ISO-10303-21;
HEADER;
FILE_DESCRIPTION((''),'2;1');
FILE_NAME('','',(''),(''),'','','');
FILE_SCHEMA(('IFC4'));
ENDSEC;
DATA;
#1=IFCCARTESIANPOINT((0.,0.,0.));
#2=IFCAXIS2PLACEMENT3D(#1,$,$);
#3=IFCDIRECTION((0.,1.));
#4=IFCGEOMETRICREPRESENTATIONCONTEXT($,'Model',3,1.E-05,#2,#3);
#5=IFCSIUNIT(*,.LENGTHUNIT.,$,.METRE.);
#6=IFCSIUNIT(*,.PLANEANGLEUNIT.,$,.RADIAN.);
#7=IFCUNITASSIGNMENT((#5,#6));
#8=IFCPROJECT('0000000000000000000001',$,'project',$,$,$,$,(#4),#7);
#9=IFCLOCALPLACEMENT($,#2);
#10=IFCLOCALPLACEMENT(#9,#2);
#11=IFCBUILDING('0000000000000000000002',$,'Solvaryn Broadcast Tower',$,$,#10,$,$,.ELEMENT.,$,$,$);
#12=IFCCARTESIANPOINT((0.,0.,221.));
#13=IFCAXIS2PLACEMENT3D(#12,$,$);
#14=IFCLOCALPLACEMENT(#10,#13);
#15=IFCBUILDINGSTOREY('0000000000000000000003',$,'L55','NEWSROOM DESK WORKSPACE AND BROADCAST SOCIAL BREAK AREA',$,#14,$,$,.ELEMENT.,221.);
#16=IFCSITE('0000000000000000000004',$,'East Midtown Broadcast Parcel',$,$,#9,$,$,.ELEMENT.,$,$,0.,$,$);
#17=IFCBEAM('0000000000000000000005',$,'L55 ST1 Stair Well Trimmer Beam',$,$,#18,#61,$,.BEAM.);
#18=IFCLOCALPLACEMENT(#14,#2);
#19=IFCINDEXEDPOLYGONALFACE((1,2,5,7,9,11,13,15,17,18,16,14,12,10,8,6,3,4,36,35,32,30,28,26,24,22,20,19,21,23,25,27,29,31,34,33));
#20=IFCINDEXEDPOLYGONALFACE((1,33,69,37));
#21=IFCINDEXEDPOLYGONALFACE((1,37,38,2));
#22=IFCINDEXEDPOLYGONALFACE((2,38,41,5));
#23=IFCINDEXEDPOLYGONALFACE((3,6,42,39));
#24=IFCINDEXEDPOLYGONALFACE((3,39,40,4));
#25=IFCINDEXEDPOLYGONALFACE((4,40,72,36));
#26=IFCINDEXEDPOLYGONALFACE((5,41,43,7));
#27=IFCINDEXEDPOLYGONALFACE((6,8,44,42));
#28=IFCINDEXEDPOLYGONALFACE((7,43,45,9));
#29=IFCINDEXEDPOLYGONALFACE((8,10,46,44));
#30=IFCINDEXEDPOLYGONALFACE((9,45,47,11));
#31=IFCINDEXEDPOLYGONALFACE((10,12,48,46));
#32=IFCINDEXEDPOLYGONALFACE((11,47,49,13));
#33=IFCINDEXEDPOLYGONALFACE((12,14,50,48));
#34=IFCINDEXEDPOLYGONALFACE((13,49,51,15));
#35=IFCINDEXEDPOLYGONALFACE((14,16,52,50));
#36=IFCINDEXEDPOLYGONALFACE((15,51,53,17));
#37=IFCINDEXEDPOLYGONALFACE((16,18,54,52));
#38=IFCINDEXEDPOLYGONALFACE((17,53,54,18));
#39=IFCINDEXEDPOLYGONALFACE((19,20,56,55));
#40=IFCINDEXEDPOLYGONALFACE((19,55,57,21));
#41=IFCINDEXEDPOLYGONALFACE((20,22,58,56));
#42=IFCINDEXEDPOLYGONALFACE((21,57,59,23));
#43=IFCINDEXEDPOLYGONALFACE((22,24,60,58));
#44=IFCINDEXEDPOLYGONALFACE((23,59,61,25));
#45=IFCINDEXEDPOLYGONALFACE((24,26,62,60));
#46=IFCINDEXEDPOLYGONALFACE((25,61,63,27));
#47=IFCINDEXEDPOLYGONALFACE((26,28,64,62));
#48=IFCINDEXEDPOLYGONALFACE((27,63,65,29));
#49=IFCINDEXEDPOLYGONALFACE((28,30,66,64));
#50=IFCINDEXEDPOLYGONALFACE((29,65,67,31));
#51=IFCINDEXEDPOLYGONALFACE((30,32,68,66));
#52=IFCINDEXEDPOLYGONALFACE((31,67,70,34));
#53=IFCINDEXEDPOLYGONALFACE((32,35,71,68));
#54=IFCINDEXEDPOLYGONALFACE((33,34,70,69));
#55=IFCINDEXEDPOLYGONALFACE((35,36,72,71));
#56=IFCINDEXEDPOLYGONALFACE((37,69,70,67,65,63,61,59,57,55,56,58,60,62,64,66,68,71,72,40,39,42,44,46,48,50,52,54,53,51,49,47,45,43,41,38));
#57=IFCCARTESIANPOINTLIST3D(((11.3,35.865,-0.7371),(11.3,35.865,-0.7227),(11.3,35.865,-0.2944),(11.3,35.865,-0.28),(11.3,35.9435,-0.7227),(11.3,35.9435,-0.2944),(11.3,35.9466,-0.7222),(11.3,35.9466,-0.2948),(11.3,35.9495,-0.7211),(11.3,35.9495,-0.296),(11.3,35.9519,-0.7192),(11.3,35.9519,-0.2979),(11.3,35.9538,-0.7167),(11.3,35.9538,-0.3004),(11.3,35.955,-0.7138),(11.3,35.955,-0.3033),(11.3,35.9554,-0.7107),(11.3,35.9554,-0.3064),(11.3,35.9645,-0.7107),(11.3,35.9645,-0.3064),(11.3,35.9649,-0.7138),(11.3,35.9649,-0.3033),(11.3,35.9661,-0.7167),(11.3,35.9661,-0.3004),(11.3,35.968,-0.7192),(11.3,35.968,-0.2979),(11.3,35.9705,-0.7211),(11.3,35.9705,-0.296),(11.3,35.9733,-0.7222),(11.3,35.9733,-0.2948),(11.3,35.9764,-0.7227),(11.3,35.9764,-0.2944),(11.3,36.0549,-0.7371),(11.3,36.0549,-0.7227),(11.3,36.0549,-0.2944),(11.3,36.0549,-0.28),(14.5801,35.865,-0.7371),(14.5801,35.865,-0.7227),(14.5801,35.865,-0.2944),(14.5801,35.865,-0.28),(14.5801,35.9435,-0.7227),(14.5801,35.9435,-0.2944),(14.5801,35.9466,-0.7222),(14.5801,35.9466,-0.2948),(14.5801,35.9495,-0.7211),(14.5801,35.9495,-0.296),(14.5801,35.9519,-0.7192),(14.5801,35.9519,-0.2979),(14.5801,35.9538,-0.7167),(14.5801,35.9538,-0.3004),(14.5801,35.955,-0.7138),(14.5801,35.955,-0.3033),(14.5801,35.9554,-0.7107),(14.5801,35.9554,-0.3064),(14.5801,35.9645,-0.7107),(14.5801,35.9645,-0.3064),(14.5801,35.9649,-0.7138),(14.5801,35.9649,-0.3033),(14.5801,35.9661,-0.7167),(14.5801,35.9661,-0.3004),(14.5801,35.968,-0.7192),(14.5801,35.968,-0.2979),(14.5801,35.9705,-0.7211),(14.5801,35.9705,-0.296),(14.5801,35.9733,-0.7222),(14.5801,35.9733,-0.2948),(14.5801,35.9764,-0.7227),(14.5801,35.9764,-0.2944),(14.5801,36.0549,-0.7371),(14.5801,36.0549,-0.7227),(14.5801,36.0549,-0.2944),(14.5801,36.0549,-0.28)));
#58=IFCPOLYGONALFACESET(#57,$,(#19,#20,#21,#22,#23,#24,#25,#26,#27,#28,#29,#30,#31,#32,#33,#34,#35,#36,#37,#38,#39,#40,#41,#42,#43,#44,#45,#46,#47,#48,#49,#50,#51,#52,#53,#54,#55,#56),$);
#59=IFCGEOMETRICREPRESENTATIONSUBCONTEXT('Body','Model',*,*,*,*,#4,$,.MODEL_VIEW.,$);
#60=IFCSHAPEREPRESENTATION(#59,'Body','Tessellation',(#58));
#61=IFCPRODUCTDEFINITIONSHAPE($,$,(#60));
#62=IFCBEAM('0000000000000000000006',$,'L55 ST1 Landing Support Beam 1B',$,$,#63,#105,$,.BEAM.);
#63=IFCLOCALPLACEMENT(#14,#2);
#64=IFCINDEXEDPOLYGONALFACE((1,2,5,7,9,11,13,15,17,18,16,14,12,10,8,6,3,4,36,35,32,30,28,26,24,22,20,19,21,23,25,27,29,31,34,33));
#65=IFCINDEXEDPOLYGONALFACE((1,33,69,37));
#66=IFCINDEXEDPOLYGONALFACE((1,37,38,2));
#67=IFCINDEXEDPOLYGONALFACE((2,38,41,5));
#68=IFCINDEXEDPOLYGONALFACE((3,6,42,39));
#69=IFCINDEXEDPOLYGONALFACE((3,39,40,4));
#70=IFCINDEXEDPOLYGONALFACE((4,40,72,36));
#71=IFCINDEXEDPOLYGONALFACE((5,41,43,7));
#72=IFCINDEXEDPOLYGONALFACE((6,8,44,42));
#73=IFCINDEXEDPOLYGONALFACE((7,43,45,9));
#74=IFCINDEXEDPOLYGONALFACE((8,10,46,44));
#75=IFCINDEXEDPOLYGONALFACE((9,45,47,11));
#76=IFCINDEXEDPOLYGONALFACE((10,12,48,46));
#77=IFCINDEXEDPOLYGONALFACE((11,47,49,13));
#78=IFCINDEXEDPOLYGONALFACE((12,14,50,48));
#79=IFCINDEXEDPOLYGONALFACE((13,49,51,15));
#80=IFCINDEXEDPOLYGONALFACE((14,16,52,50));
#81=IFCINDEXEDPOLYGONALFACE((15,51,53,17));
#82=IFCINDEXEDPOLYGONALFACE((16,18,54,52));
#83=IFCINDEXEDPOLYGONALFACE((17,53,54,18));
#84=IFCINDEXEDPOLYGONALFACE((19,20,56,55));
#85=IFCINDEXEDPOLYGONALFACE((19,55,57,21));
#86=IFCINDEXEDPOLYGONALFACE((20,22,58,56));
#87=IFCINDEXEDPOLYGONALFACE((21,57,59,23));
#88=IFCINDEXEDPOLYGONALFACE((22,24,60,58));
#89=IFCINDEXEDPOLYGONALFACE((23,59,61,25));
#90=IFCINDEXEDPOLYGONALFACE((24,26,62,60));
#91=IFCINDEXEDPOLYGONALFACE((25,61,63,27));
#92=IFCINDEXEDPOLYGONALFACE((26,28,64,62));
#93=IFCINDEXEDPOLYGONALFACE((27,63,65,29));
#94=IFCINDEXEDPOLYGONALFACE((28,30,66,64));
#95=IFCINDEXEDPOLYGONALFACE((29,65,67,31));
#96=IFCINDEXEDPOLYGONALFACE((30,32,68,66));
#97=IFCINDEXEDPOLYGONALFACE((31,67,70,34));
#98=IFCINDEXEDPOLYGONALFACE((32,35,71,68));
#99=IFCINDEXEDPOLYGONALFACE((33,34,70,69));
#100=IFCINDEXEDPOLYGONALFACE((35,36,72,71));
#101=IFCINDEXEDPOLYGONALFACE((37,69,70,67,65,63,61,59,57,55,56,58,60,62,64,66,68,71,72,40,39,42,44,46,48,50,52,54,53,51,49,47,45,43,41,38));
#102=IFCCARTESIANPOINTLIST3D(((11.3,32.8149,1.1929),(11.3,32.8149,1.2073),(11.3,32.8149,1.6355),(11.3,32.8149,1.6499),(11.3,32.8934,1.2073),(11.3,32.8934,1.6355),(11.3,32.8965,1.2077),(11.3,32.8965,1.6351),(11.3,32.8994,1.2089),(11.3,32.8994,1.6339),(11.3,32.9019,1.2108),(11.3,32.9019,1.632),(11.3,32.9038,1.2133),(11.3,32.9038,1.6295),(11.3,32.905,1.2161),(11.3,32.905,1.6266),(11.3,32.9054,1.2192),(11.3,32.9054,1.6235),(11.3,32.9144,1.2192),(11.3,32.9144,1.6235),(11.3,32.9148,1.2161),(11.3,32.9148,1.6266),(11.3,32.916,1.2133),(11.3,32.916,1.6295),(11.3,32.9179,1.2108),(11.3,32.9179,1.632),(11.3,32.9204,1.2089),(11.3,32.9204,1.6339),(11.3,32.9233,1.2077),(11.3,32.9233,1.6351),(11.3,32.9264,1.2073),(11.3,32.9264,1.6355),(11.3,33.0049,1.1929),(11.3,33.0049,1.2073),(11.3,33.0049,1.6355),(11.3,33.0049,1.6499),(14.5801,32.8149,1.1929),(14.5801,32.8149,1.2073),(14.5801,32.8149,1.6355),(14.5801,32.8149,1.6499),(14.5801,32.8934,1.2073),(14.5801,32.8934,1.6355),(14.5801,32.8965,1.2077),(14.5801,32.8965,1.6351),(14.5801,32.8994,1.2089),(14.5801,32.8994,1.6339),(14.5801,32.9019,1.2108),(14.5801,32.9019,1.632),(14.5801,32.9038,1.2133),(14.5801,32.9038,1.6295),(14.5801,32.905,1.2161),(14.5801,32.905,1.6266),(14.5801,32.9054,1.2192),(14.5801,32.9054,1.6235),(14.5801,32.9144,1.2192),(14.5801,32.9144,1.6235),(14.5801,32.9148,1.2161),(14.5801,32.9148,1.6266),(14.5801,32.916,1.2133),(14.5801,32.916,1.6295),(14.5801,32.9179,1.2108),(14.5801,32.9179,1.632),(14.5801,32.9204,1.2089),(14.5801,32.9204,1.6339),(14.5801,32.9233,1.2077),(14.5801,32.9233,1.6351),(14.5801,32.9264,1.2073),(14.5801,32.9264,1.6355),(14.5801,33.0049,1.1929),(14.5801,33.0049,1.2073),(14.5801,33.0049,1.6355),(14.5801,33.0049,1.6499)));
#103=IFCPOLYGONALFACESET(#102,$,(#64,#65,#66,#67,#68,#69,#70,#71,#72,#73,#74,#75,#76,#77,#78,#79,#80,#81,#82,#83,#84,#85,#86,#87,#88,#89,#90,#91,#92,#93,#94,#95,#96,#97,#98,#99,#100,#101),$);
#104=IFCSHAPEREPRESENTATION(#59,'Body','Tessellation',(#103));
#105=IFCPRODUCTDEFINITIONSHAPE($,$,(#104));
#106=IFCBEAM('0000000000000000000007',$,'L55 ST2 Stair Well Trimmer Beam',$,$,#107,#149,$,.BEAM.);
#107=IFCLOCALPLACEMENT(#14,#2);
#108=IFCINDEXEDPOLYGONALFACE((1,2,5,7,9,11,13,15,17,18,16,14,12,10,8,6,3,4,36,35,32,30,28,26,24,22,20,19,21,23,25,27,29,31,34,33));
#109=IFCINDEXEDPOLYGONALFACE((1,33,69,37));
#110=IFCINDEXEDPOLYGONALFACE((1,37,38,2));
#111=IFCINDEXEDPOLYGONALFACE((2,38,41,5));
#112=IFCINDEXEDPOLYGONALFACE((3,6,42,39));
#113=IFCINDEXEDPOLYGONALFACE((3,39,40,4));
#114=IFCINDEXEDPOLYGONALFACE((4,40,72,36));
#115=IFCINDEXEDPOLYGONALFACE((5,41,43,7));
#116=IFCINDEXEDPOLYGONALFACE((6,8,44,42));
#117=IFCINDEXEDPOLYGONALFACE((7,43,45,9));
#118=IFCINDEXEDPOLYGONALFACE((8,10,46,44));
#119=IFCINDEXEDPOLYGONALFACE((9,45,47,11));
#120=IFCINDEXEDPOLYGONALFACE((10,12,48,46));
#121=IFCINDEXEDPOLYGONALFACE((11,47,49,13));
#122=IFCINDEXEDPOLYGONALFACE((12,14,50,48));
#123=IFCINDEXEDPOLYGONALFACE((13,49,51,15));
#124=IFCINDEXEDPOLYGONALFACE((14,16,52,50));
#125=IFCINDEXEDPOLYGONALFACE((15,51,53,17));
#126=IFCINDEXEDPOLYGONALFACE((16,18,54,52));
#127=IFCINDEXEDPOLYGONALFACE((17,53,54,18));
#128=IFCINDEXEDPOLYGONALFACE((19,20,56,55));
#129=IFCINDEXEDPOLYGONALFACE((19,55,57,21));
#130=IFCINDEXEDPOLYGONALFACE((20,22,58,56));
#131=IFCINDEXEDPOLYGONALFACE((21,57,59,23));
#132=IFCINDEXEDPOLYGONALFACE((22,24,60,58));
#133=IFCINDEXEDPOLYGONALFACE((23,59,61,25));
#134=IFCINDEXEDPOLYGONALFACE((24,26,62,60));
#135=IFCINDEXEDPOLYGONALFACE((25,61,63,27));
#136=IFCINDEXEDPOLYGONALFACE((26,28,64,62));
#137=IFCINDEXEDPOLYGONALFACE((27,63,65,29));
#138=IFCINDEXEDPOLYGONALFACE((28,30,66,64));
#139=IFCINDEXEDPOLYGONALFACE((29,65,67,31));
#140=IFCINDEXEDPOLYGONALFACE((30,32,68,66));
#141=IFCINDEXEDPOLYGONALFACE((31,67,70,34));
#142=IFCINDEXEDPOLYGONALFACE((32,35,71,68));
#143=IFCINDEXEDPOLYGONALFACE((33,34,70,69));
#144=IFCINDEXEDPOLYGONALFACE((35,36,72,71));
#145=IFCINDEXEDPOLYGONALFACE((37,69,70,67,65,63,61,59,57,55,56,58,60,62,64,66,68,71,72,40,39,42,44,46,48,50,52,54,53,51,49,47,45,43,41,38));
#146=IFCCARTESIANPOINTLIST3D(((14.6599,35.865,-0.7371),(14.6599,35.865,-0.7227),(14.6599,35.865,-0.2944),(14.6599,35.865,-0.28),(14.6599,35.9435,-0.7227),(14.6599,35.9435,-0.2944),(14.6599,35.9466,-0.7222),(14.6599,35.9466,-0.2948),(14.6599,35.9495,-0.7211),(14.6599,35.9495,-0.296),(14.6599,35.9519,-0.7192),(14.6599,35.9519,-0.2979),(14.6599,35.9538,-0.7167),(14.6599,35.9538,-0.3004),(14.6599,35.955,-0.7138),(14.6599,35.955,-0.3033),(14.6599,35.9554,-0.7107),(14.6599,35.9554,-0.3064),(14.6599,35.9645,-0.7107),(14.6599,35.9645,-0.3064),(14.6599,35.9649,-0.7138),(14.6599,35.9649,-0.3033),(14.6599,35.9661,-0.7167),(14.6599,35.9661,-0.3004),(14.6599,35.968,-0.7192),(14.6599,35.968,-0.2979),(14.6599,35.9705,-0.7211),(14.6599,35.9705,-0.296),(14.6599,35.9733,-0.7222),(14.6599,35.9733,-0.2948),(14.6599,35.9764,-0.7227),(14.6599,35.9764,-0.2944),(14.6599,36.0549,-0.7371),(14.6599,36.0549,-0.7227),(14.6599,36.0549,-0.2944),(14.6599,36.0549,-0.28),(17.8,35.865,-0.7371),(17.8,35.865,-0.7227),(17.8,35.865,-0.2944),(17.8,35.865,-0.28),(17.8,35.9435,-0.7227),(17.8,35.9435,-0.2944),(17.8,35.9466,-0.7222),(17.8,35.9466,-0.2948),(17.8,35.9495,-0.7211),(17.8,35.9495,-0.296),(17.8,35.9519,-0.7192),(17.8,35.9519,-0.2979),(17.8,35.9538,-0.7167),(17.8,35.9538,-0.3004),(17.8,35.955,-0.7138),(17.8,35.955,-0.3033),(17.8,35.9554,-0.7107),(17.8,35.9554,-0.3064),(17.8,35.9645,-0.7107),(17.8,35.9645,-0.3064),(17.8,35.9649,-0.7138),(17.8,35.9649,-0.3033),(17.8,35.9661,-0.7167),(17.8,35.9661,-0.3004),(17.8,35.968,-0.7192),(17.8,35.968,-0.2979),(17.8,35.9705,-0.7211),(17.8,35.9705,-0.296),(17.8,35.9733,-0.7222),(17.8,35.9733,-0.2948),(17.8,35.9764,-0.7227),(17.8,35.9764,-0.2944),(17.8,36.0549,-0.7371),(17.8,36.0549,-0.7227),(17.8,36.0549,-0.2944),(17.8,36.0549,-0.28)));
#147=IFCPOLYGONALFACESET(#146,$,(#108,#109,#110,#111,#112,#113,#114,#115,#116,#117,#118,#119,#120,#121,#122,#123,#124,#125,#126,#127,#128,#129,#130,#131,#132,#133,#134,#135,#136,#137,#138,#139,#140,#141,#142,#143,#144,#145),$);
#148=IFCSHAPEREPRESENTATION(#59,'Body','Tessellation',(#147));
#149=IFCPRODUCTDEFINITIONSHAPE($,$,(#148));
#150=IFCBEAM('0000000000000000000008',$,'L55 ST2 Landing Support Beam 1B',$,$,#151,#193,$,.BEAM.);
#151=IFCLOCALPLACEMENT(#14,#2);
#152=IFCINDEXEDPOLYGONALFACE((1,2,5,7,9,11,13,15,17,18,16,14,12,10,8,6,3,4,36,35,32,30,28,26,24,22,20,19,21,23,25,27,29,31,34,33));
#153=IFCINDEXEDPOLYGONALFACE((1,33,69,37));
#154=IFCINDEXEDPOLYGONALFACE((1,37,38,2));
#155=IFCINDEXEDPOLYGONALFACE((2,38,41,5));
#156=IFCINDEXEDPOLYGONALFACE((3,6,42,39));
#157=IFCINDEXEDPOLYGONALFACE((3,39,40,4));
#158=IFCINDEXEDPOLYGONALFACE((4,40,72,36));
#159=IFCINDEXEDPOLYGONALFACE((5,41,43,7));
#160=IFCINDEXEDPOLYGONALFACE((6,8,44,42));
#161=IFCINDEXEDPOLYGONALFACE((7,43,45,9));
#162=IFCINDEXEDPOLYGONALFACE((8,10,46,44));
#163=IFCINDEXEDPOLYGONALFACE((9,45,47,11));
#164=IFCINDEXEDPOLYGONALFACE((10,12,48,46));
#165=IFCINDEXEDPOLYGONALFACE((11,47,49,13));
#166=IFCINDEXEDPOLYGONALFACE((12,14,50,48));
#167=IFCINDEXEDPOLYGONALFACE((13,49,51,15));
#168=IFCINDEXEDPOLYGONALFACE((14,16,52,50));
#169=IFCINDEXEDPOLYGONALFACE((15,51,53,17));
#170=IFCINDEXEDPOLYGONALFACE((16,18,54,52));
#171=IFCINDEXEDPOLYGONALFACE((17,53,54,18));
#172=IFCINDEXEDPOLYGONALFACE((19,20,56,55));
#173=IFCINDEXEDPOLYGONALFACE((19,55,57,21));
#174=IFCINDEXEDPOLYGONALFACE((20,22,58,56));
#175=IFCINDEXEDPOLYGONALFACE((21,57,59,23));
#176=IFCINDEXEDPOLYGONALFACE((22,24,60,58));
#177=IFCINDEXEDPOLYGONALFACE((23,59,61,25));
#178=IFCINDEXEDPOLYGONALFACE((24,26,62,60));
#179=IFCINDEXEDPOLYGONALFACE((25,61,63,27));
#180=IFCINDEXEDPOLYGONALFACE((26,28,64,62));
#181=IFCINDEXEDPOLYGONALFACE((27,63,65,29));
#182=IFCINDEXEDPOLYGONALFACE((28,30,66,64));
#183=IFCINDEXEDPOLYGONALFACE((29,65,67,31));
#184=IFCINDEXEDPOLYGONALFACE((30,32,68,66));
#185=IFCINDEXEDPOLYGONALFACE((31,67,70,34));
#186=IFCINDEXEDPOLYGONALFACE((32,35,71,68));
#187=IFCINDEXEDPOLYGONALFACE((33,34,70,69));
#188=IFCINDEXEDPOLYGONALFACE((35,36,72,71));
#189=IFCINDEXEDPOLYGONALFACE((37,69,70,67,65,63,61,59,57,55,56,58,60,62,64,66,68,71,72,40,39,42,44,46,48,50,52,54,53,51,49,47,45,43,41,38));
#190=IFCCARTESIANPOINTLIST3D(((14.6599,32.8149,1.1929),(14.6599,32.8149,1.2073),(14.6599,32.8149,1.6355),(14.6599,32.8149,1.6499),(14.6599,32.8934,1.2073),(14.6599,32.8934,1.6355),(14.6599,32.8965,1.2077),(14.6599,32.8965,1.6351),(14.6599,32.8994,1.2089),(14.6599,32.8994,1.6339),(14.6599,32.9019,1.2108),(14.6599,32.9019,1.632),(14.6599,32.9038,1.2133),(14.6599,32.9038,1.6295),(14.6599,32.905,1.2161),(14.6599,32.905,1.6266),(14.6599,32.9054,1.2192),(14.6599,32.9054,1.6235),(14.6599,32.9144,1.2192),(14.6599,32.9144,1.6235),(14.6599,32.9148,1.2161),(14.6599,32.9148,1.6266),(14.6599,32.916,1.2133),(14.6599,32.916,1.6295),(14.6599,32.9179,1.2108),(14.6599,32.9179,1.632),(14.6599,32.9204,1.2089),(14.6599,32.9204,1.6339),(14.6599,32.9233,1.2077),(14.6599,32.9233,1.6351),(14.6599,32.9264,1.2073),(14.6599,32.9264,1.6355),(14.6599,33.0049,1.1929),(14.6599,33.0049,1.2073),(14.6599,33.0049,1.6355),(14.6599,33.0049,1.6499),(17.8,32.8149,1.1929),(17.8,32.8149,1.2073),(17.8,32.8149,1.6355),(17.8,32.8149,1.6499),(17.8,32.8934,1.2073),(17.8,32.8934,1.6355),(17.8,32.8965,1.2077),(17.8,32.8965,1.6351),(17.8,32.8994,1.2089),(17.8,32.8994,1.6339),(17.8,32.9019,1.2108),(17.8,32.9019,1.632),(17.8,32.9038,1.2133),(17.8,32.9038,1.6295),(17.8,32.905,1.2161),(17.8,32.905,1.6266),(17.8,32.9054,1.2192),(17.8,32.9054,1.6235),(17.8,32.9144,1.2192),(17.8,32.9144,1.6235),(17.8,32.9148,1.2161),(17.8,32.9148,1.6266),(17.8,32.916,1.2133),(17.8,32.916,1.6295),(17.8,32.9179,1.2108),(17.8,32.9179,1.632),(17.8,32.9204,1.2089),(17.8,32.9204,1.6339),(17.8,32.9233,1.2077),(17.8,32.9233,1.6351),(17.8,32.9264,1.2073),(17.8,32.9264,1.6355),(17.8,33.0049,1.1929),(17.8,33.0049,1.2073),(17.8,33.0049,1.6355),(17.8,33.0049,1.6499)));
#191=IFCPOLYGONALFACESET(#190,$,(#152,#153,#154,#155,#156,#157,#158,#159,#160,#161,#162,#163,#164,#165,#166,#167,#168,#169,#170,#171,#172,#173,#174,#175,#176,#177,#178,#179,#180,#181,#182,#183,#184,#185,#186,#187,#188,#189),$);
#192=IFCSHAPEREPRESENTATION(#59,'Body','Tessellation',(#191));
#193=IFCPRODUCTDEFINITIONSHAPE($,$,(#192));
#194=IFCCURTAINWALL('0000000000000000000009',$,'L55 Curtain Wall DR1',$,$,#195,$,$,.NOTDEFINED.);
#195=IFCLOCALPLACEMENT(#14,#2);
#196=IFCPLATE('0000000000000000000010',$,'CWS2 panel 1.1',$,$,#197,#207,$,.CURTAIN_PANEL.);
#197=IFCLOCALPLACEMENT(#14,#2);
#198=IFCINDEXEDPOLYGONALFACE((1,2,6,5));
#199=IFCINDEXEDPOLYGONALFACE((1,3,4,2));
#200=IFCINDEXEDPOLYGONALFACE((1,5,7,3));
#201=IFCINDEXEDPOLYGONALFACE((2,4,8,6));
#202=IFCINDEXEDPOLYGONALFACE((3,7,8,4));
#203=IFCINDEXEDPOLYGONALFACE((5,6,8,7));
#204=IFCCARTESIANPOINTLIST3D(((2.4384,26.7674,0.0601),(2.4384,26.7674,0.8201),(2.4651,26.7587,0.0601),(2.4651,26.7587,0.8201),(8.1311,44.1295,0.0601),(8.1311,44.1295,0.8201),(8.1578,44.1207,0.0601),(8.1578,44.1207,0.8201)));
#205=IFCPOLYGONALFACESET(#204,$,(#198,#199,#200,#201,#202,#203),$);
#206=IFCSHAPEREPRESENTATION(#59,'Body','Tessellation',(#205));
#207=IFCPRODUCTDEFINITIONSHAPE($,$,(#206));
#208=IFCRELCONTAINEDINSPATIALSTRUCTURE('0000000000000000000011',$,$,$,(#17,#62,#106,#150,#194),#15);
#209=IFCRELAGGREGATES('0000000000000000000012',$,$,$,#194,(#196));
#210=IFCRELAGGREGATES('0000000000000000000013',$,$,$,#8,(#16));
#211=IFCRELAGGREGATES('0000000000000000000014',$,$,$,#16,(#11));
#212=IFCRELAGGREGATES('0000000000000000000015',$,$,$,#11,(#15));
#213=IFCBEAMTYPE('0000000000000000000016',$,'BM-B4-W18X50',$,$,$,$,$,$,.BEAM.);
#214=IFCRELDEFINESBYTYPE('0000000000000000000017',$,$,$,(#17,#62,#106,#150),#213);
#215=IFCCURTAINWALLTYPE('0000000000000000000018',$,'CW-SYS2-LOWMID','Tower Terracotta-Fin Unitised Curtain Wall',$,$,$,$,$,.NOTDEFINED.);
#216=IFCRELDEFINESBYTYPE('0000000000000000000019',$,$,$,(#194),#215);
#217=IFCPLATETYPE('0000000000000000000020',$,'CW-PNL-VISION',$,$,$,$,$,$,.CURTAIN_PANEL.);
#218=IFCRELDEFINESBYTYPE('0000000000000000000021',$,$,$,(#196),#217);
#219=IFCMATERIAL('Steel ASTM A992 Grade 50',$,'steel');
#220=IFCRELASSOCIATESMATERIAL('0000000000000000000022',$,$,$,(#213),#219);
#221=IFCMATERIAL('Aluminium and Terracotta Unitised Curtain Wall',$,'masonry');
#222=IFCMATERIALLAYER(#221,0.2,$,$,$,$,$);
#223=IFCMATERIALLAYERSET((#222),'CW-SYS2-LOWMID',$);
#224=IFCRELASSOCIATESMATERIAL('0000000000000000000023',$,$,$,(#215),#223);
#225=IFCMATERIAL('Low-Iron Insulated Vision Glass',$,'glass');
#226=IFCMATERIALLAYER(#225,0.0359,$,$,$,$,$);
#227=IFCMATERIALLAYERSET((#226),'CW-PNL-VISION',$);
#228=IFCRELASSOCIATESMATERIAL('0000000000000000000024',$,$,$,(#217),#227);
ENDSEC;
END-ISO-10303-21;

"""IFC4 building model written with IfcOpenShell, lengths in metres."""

from ifc_helpers import new_model, si_unit, direction, frame, origin, origin_2d, place, context, subcontext, project, spatial, rectangle, i_section, extrude, material, layer, layer_set, material_profile, profile_set, type_object, element, aggregate, save


model = new_model("IFC4")

# Units and contexts
model_context = context("Model", 3, precision=1e-05, world=origin(), true_north=direction((0.0, 1.0)))
body_context = subcontext(model_context, "Body", "Model", "MODEL_VIEW")
ifc_project = project(units=[si_unit("LENGTHUNIT", "METRE"), si_unit("PLANEANGLEUNIT", "RADIAN")], contexts=[model_context])

# Site, building, storey
site_placement = place(None, origin())
site = spatial("IfcSite", under=ifc_project, at=site_placement, Name="East Midtown Broadcast Parcel", CompositionType="ELEMENT", RefElevation=0.0)
building_placement = place(site_placement, origin())
building = spatial("IfcBuilding", under=site, at=building_placement, Name="Solvaryn Broadcast Tower", CompositionType="ELEMENT")
storey_placement = place(building_placement, frame((0.0, 0.0, 221.0)))
storey = spatial("IfcBuildingStorey", under=building, at=storey_placement, Name="L55", Description="NEWSROOM DESK WORKSPACE AND BROADCAST SOCIAL BREAK AREA", CompositionType="ELEMENT", Elevation=221.0)

# Beams
ifc_material_1 = material(Name="Steel ASTM A992 Grade 50", Category="steel")
ifc_material_profile = material_profile(ifc_material_1, i_section(OverallWidth=0.1899, OverallDepth=0.457, WebThickness=0.009, FlangeThickness=0.0144, FilletRadius=0.012, at=origin_2d()))
ifc_profile_set = profile_set([ifc_material_profile], Name="Steel ASTM A992 Grade 50")
beam_type = type_object("IfcBeamType", Name="BM-B4-W18X50", PredefinedType="BEAM", material=ifc_profile_set)
for number, where, z_axis, x_axis, name in (
    (1, (11.3, 35.96, -0.5085), (1.0, 0.0, 0.0), (0.0, 1.0, 0.0), "L55 ST1 Stair Well Trimmer Beam"),
    (2, (11.3, 32.9099, 1.4214), (1.0, 0.0, 0.0), (0.0, 1.0, 0.0), "L55 ST1 Landing Support Beam 1B"),
):
    element("IfcBeam", number, at=place(storey_placement, frame(where, z_axis=z_axis, x_axis=x_axis)), inside=storey, type_object=beam_type, Name=name, PredefinedType="BEAM", context=body_context, shape_type="SweptSolid", body=[
        extrude(i_section(OverallWidth=0.1899, OverallDepth=0.457, WebThickness=0.009, FlangeThickness=0.0144, FilletRadius=0.012, at=origin_2d()), origin(), (0.0, 0.0, 1.0), 3.28),
    ])
for number, where, z_axis, x_axis, name in (
    (3, (14.6599, 35.96, -0.5085), (1.0, 0.0, 0.0), (0.0, 1.0, 0.0), "L55 ST2 Stair Well Trimmer Beam"),
    (4, (14.6599, 32.9099, 1.4214), (1.0, 0.0, 0.0), (0.0, 1.0, 0.0), "L55 ST2 Landing Support Beam 1B"),
):
    element("IfcBeam", number, at=place(storey_placement, frame(where, z_axis=z_axis, x_axis=x_axis)), inside=storey, type_object=beam_type, Name=name, PredefinedType="BEAM", context=body_context, shape_type="SweptSolid", body=[
        extrude(i_section(OverallWidth=0.1899, OverallDepth=0.457, WebThickness=0.009, FlangeThickness=0.0144, FilletRadius=0.012, at=origin_2d()), origin(), (0.0, 0.0, 1.0), 3.1401),
    ])

# Curtain wall, plate
ifc_material_2 = material(Name="Aluminium and Terracotta Unitised Curtain Wall", Category="masonry")
ifc_layer_1 = layer(ifc_material_2, 0.2)
ifc_layer_set_1 = layer_set([ifc_layer_1], Name="CW-SYS2-LOWMID")
curtain_wall_type = type_object("IfcCurtainWallType", Name="CW-SYS2-LOWMID", Description="Tower Terracotta-Fin Unitised Curtain Wall", PredefinedType="NOTDEFINED", material=ifc_layer_set_1)
curtain_wall_placement = place(storey_placement, origin())
curtain_wall = element("IfcCurtainWall", 5, at=curtain_wall_placement, inside=storey, type_object=curtain_wall_type, Name="L55 Curtain Wall DR1", PredefinedType="NOTDEFINED")
ifc_material_3 = material(Name="Low-Iron Insulated Vision Glass", Category="glass")
ifc_layer_2 = layer(ifc_material_3, 0.0359)
ifc_layer_set_2 = layer_set([ifc_layer_2], Name="CW-PNL-VISION")
plate_type = type_object("IfcPlateType", Name="CW-PNL-VISION", PredefinedType="CURTAIN_PANEL", material=ifc_layer_set_2)
plate_1_placement = place(storey_placement, frame((5.2981, 35.4441, 0.0601), z_axis=(0.0, 0.0, 1.0), x_axis=(-0.311559, -0.950227, 0.0)))
plate_1 = element("IfcPlate", 6, at=plate_1_placement, type_object=plate_type, Name="CWS2 panel 1.1", PredefinedType="CURTAIN_PANEL", context=body_context, shape_type="SweptSolid", body=[
    extrude(rectangle(XDim=18.2715, YDim=0.0281, at=origin_2d()), origin(), (0.0, 0.0, 1.0), 0.76),
])
aggregate(curtain_wall, [plate_1])

save(model, "model.ifc")
